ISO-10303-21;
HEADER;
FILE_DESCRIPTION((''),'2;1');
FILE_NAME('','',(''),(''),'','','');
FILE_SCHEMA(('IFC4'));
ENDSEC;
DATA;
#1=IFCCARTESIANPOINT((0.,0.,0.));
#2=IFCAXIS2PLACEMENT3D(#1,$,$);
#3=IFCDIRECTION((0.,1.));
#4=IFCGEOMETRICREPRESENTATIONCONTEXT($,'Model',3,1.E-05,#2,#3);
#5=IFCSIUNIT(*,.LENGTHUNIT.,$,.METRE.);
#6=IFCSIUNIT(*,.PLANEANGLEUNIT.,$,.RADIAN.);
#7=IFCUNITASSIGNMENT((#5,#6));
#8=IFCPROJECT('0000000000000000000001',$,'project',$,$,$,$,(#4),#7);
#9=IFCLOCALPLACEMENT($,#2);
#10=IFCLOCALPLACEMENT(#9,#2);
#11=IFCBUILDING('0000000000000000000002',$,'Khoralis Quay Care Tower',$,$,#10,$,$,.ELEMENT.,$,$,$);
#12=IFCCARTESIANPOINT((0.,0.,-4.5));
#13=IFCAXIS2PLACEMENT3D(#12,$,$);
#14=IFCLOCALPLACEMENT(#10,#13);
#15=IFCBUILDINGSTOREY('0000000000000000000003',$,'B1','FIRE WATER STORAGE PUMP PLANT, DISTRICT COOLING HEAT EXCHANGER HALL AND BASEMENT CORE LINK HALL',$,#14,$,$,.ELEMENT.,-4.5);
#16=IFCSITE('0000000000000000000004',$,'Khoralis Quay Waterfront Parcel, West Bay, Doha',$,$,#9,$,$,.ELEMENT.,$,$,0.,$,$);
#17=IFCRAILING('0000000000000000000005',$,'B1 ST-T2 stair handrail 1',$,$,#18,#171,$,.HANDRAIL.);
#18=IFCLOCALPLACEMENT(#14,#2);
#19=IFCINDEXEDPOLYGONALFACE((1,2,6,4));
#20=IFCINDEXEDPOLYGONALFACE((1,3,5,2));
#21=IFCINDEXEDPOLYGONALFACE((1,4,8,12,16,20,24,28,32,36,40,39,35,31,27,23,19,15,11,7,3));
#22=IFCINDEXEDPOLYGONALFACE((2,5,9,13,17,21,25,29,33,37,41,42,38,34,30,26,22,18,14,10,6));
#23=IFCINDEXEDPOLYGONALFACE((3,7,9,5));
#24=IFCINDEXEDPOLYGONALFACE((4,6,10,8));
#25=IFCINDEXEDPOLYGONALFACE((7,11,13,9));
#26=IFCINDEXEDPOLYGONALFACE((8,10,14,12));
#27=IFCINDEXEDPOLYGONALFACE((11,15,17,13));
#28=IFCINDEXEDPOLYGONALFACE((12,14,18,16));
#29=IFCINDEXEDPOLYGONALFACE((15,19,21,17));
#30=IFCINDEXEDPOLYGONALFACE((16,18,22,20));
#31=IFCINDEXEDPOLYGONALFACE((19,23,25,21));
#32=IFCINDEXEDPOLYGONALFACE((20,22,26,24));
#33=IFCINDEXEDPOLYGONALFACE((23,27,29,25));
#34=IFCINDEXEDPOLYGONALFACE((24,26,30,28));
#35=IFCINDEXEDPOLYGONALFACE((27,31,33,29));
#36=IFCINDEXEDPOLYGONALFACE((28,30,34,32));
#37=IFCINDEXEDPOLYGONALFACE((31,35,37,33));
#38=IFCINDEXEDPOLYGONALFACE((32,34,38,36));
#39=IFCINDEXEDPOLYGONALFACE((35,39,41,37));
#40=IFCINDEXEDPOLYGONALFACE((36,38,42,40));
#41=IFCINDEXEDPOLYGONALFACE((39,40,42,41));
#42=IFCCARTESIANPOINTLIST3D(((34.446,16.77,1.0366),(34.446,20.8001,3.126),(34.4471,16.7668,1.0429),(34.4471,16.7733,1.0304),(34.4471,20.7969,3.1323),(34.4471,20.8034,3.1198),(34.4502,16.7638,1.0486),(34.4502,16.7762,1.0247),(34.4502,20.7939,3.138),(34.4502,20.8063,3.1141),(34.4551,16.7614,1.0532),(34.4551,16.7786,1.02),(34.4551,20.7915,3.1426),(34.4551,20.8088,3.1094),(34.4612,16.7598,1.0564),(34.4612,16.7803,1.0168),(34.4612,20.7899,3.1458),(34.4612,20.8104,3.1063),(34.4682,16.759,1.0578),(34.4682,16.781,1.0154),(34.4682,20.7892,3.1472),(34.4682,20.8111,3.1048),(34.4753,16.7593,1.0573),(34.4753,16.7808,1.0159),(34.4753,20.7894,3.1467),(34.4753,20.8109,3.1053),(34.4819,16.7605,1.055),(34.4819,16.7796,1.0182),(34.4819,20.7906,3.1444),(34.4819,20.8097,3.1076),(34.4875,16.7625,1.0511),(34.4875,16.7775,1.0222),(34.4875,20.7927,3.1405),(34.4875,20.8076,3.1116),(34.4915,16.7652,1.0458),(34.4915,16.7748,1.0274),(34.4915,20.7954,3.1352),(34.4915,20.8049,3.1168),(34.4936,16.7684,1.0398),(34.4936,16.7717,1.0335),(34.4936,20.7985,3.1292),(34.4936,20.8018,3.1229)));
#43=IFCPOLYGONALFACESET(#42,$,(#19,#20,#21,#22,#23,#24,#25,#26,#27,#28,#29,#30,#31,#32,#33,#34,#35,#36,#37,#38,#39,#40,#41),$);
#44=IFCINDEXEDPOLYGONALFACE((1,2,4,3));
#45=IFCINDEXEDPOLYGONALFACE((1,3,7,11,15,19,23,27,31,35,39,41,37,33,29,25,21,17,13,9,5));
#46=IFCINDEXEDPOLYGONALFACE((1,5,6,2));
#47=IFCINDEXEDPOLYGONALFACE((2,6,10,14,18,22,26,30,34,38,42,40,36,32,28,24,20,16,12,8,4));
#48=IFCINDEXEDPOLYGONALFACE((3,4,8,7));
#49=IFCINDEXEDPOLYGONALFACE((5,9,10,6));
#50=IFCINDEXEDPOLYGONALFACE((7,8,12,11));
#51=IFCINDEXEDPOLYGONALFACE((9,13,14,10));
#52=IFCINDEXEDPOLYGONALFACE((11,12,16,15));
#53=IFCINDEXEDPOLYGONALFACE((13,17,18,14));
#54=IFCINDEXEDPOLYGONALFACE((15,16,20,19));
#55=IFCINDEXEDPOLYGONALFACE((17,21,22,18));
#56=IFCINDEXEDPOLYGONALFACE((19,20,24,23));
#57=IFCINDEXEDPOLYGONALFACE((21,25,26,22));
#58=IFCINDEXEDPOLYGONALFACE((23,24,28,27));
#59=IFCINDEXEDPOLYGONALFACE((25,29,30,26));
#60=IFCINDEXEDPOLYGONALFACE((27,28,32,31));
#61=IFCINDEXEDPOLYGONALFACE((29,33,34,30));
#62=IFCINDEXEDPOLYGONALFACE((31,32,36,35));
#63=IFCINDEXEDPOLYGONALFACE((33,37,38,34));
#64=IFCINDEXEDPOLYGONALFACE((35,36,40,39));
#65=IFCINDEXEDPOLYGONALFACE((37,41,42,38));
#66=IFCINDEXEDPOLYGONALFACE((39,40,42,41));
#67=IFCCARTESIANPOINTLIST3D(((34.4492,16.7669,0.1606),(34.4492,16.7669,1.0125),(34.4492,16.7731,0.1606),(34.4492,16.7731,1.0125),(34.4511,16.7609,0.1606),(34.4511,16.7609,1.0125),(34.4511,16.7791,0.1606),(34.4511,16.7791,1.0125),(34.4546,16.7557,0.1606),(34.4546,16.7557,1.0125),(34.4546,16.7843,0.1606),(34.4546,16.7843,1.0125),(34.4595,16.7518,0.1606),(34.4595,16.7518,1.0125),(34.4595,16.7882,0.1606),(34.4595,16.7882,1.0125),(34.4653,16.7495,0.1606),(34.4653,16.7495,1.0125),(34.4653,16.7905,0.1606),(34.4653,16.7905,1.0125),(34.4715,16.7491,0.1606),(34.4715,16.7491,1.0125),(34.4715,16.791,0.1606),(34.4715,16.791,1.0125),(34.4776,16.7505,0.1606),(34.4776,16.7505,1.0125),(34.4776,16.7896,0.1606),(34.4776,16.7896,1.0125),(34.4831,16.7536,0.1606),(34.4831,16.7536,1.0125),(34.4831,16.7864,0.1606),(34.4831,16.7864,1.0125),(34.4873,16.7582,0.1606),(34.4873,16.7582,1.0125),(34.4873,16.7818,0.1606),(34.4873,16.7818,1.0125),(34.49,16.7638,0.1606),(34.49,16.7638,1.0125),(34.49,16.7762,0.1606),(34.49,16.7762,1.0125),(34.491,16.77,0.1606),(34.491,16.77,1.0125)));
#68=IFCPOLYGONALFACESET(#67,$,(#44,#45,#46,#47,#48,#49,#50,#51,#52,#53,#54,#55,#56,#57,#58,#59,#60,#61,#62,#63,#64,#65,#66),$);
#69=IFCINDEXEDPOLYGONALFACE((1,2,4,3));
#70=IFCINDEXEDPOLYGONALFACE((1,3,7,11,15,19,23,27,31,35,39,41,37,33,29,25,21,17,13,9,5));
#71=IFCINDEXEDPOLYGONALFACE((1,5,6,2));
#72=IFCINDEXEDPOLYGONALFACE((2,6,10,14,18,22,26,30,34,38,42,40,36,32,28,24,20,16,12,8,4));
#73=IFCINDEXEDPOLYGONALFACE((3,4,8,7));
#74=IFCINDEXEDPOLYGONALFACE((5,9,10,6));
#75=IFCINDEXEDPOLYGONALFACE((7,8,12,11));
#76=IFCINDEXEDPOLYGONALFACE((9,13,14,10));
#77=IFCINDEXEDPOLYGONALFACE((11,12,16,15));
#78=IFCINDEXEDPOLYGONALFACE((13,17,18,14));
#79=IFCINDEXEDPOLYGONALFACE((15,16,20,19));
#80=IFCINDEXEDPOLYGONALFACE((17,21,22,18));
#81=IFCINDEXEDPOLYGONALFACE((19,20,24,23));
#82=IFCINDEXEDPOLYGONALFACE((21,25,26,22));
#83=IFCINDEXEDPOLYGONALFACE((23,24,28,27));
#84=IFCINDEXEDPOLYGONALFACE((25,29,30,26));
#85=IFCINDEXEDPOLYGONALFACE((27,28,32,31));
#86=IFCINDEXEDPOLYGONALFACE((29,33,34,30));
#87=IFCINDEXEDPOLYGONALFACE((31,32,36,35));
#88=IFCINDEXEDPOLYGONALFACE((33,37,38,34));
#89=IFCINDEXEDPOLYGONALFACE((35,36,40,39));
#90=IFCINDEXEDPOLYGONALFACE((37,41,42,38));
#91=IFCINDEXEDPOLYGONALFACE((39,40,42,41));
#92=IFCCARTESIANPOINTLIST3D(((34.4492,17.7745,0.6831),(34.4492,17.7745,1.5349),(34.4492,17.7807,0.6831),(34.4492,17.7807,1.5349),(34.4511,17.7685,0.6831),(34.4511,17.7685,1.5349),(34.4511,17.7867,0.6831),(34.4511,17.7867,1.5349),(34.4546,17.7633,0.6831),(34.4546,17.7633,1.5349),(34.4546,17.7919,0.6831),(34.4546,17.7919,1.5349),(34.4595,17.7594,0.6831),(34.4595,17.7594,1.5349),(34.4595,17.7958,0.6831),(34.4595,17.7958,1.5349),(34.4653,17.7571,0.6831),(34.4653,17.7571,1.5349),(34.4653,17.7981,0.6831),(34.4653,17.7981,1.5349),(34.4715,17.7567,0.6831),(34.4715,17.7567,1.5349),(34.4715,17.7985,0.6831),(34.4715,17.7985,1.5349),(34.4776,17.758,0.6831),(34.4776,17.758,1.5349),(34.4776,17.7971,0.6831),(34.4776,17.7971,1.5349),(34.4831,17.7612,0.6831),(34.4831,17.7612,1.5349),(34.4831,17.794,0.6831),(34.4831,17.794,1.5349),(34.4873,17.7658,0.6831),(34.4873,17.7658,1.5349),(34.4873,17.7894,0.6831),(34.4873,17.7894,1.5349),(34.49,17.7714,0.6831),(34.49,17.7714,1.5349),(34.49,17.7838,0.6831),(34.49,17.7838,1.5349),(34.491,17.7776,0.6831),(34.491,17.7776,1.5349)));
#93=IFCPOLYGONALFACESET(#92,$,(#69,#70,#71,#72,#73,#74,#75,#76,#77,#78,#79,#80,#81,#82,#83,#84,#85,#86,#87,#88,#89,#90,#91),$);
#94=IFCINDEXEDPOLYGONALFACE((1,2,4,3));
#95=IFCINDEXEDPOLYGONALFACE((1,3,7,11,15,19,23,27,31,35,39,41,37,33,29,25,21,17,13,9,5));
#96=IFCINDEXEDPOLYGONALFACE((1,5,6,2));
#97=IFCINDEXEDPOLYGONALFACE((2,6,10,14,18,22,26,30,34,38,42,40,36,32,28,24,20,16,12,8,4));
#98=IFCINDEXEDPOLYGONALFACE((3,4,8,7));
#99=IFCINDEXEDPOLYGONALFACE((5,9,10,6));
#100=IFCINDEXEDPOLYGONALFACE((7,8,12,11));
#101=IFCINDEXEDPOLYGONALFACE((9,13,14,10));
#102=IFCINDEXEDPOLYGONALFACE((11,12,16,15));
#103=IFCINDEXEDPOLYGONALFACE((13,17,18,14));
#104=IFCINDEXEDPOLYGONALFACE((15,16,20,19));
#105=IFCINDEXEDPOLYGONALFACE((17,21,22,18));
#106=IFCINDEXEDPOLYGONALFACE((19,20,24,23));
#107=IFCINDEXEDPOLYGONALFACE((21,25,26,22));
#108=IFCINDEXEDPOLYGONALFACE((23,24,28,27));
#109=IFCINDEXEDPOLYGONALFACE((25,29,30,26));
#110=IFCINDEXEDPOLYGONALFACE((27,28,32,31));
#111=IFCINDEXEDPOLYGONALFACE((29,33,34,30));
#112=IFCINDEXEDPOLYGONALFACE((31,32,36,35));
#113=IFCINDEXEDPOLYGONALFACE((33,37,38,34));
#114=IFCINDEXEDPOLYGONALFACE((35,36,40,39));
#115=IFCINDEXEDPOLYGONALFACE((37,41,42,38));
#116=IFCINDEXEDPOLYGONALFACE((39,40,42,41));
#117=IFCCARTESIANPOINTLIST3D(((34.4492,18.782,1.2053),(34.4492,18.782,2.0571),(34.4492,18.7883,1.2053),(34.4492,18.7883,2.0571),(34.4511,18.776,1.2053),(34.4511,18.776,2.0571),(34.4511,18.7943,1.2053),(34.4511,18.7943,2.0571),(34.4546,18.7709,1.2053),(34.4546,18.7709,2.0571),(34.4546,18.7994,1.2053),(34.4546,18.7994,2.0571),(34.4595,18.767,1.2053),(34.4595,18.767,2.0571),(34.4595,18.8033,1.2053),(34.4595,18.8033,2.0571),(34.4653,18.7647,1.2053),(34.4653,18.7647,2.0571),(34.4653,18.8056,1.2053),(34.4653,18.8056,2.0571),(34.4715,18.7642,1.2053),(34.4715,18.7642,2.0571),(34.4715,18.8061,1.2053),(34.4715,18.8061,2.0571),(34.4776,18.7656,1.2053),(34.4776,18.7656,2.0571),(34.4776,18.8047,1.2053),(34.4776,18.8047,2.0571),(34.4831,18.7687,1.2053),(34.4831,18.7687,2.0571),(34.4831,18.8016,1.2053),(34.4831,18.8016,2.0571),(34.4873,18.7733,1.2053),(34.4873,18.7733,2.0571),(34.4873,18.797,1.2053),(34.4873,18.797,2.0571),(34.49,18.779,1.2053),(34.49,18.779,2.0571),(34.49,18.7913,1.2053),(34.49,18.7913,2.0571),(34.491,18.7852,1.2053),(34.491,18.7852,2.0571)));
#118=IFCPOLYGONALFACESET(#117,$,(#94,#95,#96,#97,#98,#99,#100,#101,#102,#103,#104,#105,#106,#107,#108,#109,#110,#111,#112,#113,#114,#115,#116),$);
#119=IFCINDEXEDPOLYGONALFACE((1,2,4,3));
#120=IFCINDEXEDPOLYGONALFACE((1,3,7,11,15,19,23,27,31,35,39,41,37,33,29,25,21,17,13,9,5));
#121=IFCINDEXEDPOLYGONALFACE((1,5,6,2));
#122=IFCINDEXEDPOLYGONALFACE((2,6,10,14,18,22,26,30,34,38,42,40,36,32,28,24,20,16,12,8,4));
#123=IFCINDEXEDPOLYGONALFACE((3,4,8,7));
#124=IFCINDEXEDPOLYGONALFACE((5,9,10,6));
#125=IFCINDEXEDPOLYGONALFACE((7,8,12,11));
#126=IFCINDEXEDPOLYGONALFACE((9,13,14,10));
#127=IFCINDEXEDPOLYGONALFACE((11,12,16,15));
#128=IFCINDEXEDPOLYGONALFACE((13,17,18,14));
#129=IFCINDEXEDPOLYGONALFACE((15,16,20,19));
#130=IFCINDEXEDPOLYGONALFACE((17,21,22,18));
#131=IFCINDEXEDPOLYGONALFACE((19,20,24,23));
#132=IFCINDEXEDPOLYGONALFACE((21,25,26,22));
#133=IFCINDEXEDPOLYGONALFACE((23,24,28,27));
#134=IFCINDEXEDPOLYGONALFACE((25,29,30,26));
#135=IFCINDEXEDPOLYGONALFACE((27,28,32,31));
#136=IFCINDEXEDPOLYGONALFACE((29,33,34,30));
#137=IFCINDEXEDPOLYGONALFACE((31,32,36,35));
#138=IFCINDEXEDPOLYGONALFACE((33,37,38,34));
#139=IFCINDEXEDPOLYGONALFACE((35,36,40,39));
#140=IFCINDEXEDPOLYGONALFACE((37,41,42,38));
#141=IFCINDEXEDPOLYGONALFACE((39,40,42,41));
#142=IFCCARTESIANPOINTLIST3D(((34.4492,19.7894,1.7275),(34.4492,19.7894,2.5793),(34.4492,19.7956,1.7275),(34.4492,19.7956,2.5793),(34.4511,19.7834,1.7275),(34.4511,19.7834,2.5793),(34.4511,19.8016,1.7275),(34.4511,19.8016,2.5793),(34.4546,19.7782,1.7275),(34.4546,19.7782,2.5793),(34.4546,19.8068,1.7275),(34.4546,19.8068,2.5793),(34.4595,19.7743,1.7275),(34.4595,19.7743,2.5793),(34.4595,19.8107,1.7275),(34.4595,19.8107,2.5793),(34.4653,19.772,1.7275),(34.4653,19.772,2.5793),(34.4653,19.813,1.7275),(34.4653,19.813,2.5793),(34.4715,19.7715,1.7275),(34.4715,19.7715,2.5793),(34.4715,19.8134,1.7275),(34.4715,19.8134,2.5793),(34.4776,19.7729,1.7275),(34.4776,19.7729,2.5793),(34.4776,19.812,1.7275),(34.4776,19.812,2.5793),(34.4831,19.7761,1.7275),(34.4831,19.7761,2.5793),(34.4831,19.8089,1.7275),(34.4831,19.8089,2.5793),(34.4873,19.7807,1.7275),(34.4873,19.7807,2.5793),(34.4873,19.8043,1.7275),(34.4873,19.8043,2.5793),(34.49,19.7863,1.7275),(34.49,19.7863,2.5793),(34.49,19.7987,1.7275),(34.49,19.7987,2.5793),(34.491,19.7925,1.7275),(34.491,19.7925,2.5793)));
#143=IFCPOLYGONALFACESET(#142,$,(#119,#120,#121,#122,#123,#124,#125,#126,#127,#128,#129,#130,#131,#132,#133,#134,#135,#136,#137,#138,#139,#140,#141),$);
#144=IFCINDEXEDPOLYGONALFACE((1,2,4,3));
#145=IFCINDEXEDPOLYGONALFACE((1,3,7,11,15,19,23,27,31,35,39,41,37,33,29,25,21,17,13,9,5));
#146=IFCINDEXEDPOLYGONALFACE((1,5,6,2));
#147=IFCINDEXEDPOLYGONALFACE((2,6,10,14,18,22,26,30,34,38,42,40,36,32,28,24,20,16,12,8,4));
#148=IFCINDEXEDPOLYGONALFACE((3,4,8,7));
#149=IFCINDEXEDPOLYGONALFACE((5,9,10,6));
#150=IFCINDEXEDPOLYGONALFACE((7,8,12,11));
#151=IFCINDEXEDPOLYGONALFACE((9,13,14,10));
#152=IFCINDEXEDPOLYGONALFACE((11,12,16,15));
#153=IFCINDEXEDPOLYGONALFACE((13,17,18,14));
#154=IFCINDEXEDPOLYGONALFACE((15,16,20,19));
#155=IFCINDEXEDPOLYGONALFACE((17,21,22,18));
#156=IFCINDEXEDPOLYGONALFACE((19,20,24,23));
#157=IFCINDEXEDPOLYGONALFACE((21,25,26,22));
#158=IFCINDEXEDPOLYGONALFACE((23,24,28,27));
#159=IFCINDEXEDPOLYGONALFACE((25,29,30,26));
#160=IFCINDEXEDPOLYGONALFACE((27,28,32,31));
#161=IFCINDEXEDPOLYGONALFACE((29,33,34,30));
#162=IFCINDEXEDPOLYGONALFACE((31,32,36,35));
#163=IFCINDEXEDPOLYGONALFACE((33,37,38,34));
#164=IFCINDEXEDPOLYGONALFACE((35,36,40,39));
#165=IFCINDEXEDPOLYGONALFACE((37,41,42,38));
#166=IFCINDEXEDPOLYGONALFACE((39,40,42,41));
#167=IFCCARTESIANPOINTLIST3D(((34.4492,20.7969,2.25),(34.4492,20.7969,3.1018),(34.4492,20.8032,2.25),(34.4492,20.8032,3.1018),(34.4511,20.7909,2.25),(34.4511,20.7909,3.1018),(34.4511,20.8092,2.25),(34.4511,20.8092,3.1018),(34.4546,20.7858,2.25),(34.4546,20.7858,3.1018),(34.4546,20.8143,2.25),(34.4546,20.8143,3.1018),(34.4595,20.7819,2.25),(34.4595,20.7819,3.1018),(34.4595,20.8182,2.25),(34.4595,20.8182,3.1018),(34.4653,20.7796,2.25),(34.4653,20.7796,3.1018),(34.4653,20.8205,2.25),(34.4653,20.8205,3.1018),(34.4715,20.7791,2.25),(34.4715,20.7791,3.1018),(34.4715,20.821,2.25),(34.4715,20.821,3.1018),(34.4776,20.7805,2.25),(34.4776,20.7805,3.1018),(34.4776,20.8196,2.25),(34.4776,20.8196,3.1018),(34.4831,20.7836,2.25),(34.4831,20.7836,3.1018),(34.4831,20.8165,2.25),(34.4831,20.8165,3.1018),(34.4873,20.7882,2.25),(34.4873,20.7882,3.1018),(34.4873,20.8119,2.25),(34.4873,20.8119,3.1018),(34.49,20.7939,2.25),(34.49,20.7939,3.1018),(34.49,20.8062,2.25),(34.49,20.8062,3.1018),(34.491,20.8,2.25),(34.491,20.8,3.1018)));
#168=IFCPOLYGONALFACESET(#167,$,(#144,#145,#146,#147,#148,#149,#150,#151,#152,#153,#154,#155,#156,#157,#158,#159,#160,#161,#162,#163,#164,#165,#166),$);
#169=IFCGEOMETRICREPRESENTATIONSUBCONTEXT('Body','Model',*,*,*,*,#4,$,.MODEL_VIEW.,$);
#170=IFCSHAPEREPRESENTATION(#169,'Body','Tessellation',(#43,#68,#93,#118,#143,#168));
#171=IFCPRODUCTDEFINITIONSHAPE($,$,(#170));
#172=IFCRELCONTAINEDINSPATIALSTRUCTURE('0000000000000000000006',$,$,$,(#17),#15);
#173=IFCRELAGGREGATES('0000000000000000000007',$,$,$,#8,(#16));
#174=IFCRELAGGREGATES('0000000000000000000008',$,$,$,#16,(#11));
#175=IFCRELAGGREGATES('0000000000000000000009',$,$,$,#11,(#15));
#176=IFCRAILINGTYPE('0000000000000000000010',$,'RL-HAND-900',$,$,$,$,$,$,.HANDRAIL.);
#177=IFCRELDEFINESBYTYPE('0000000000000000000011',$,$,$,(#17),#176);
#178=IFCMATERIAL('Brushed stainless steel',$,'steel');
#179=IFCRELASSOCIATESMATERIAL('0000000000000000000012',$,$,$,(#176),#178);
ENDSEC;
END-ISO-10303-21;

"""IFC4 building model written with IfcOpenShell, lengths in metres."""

from ifc_helpers import new_model, si_unit, direction, frame, origin, origin_2d, place, context, subcontext, project, spatial, circle, extrude, material, type_object, element, save


model = new_model("IFC4")

# Units and contexts
model_context = context("Model", 3, precision=1e-05, world=origin(), true_north=direction((0.0, 1.0)))
body_context = subcontext(model_context, "Body", "Model", "MODEL_VIEW")
ifc_project = project(units=[si_unit("LENGTHUNIT", "METRE"), si_unit("PLANEANGLEUNIT", "RADIAN")], contexts=[model_context])

# Site, building, storey
site_placement = place(None, origin())
site = spatial("IfcSite", under=ifc_project, at=site_placement, Name="Khoralis Quay Waterfront Parcel, West Bay, Doha", CompositionType="ELEMENT", RefElevation=0.0)
building_placement = place(site_placement, origin())
building = spatial("IfcBuilding", under=site, at=building_placement, Name="Khoralis Quay Care Tower", CompositionType="ELEMENT")
storey_placement = place(building_placement, frame((0.0, 0.0, -4.5)))
storey = spatial("IfcBuildingStorey", under=building, at=storey_placement, Name="B1", Description="FIRE WATER STORAGE PUMP PLANT, DISTRICT COOLING HEAT EXCHANGER HALL AND BASEMENT CORE LINK HALL", CompositionType="ELEMENT", Elevation=-4.5)

# Railing
ifc_material_1 = material(Name="Brushed stainless steel", Category="steel")
railing_type_1 = type_object("IfcRailingType", Name="RL-HAND-900", PredefinedType="HANDRAIL", material=ifc_material_1)
railing_1_placement = place(storey_placement, frame((34.47, 16.77, 0.1606)))
element("IfcRailing", 1, at=railing_1_placement, inside=storey, type_object=railing_type_1, Name="B1 ST-T2 stair handrail 1", PredefinedType="HANDRAIL", context=body_context, shape_type="SweptSolid", body=[
    extrude(circle(Radius=0.0239, at=origin_2d()), frame((0.0, 0.0, 0.876), z_axis=(0.0, 0.887781, 0.460267), x_axis=(-1.0, 0.0, 0.0)), (0.0, 0.0, 1.0), 4.5396),
    extrude(circle(Radius=0.021, at=origin_2d()), origin(), (0.0, 0.0, 1.0), 0.8518),
    extrude(circle(Radius=0.021, at=origin_2d()), frame((0.0, 1.0076, 0.5225)), (0.0, 0.0, 1.0), 0.8518),
    extrude(circle(Radius=0.021, at=origin_2d()), frame((0.0, 2.0151, 1.0447)), (0.0, 0.0, 1.0), 0.8518),
    extrude(circle(Radius=0.021, at=origin_2d()), frame((0.0, 3.0225, 1.5669)), (0.0, 0.0, 1.0), 0.8518),
    extrude(circle(Radius=0.021, at=origin_2d()), frame((0.0, 4.03, 2.0894)), (0.0, 0.0, 1.0), 0.8518),
])

save(model, "model.ifc")
